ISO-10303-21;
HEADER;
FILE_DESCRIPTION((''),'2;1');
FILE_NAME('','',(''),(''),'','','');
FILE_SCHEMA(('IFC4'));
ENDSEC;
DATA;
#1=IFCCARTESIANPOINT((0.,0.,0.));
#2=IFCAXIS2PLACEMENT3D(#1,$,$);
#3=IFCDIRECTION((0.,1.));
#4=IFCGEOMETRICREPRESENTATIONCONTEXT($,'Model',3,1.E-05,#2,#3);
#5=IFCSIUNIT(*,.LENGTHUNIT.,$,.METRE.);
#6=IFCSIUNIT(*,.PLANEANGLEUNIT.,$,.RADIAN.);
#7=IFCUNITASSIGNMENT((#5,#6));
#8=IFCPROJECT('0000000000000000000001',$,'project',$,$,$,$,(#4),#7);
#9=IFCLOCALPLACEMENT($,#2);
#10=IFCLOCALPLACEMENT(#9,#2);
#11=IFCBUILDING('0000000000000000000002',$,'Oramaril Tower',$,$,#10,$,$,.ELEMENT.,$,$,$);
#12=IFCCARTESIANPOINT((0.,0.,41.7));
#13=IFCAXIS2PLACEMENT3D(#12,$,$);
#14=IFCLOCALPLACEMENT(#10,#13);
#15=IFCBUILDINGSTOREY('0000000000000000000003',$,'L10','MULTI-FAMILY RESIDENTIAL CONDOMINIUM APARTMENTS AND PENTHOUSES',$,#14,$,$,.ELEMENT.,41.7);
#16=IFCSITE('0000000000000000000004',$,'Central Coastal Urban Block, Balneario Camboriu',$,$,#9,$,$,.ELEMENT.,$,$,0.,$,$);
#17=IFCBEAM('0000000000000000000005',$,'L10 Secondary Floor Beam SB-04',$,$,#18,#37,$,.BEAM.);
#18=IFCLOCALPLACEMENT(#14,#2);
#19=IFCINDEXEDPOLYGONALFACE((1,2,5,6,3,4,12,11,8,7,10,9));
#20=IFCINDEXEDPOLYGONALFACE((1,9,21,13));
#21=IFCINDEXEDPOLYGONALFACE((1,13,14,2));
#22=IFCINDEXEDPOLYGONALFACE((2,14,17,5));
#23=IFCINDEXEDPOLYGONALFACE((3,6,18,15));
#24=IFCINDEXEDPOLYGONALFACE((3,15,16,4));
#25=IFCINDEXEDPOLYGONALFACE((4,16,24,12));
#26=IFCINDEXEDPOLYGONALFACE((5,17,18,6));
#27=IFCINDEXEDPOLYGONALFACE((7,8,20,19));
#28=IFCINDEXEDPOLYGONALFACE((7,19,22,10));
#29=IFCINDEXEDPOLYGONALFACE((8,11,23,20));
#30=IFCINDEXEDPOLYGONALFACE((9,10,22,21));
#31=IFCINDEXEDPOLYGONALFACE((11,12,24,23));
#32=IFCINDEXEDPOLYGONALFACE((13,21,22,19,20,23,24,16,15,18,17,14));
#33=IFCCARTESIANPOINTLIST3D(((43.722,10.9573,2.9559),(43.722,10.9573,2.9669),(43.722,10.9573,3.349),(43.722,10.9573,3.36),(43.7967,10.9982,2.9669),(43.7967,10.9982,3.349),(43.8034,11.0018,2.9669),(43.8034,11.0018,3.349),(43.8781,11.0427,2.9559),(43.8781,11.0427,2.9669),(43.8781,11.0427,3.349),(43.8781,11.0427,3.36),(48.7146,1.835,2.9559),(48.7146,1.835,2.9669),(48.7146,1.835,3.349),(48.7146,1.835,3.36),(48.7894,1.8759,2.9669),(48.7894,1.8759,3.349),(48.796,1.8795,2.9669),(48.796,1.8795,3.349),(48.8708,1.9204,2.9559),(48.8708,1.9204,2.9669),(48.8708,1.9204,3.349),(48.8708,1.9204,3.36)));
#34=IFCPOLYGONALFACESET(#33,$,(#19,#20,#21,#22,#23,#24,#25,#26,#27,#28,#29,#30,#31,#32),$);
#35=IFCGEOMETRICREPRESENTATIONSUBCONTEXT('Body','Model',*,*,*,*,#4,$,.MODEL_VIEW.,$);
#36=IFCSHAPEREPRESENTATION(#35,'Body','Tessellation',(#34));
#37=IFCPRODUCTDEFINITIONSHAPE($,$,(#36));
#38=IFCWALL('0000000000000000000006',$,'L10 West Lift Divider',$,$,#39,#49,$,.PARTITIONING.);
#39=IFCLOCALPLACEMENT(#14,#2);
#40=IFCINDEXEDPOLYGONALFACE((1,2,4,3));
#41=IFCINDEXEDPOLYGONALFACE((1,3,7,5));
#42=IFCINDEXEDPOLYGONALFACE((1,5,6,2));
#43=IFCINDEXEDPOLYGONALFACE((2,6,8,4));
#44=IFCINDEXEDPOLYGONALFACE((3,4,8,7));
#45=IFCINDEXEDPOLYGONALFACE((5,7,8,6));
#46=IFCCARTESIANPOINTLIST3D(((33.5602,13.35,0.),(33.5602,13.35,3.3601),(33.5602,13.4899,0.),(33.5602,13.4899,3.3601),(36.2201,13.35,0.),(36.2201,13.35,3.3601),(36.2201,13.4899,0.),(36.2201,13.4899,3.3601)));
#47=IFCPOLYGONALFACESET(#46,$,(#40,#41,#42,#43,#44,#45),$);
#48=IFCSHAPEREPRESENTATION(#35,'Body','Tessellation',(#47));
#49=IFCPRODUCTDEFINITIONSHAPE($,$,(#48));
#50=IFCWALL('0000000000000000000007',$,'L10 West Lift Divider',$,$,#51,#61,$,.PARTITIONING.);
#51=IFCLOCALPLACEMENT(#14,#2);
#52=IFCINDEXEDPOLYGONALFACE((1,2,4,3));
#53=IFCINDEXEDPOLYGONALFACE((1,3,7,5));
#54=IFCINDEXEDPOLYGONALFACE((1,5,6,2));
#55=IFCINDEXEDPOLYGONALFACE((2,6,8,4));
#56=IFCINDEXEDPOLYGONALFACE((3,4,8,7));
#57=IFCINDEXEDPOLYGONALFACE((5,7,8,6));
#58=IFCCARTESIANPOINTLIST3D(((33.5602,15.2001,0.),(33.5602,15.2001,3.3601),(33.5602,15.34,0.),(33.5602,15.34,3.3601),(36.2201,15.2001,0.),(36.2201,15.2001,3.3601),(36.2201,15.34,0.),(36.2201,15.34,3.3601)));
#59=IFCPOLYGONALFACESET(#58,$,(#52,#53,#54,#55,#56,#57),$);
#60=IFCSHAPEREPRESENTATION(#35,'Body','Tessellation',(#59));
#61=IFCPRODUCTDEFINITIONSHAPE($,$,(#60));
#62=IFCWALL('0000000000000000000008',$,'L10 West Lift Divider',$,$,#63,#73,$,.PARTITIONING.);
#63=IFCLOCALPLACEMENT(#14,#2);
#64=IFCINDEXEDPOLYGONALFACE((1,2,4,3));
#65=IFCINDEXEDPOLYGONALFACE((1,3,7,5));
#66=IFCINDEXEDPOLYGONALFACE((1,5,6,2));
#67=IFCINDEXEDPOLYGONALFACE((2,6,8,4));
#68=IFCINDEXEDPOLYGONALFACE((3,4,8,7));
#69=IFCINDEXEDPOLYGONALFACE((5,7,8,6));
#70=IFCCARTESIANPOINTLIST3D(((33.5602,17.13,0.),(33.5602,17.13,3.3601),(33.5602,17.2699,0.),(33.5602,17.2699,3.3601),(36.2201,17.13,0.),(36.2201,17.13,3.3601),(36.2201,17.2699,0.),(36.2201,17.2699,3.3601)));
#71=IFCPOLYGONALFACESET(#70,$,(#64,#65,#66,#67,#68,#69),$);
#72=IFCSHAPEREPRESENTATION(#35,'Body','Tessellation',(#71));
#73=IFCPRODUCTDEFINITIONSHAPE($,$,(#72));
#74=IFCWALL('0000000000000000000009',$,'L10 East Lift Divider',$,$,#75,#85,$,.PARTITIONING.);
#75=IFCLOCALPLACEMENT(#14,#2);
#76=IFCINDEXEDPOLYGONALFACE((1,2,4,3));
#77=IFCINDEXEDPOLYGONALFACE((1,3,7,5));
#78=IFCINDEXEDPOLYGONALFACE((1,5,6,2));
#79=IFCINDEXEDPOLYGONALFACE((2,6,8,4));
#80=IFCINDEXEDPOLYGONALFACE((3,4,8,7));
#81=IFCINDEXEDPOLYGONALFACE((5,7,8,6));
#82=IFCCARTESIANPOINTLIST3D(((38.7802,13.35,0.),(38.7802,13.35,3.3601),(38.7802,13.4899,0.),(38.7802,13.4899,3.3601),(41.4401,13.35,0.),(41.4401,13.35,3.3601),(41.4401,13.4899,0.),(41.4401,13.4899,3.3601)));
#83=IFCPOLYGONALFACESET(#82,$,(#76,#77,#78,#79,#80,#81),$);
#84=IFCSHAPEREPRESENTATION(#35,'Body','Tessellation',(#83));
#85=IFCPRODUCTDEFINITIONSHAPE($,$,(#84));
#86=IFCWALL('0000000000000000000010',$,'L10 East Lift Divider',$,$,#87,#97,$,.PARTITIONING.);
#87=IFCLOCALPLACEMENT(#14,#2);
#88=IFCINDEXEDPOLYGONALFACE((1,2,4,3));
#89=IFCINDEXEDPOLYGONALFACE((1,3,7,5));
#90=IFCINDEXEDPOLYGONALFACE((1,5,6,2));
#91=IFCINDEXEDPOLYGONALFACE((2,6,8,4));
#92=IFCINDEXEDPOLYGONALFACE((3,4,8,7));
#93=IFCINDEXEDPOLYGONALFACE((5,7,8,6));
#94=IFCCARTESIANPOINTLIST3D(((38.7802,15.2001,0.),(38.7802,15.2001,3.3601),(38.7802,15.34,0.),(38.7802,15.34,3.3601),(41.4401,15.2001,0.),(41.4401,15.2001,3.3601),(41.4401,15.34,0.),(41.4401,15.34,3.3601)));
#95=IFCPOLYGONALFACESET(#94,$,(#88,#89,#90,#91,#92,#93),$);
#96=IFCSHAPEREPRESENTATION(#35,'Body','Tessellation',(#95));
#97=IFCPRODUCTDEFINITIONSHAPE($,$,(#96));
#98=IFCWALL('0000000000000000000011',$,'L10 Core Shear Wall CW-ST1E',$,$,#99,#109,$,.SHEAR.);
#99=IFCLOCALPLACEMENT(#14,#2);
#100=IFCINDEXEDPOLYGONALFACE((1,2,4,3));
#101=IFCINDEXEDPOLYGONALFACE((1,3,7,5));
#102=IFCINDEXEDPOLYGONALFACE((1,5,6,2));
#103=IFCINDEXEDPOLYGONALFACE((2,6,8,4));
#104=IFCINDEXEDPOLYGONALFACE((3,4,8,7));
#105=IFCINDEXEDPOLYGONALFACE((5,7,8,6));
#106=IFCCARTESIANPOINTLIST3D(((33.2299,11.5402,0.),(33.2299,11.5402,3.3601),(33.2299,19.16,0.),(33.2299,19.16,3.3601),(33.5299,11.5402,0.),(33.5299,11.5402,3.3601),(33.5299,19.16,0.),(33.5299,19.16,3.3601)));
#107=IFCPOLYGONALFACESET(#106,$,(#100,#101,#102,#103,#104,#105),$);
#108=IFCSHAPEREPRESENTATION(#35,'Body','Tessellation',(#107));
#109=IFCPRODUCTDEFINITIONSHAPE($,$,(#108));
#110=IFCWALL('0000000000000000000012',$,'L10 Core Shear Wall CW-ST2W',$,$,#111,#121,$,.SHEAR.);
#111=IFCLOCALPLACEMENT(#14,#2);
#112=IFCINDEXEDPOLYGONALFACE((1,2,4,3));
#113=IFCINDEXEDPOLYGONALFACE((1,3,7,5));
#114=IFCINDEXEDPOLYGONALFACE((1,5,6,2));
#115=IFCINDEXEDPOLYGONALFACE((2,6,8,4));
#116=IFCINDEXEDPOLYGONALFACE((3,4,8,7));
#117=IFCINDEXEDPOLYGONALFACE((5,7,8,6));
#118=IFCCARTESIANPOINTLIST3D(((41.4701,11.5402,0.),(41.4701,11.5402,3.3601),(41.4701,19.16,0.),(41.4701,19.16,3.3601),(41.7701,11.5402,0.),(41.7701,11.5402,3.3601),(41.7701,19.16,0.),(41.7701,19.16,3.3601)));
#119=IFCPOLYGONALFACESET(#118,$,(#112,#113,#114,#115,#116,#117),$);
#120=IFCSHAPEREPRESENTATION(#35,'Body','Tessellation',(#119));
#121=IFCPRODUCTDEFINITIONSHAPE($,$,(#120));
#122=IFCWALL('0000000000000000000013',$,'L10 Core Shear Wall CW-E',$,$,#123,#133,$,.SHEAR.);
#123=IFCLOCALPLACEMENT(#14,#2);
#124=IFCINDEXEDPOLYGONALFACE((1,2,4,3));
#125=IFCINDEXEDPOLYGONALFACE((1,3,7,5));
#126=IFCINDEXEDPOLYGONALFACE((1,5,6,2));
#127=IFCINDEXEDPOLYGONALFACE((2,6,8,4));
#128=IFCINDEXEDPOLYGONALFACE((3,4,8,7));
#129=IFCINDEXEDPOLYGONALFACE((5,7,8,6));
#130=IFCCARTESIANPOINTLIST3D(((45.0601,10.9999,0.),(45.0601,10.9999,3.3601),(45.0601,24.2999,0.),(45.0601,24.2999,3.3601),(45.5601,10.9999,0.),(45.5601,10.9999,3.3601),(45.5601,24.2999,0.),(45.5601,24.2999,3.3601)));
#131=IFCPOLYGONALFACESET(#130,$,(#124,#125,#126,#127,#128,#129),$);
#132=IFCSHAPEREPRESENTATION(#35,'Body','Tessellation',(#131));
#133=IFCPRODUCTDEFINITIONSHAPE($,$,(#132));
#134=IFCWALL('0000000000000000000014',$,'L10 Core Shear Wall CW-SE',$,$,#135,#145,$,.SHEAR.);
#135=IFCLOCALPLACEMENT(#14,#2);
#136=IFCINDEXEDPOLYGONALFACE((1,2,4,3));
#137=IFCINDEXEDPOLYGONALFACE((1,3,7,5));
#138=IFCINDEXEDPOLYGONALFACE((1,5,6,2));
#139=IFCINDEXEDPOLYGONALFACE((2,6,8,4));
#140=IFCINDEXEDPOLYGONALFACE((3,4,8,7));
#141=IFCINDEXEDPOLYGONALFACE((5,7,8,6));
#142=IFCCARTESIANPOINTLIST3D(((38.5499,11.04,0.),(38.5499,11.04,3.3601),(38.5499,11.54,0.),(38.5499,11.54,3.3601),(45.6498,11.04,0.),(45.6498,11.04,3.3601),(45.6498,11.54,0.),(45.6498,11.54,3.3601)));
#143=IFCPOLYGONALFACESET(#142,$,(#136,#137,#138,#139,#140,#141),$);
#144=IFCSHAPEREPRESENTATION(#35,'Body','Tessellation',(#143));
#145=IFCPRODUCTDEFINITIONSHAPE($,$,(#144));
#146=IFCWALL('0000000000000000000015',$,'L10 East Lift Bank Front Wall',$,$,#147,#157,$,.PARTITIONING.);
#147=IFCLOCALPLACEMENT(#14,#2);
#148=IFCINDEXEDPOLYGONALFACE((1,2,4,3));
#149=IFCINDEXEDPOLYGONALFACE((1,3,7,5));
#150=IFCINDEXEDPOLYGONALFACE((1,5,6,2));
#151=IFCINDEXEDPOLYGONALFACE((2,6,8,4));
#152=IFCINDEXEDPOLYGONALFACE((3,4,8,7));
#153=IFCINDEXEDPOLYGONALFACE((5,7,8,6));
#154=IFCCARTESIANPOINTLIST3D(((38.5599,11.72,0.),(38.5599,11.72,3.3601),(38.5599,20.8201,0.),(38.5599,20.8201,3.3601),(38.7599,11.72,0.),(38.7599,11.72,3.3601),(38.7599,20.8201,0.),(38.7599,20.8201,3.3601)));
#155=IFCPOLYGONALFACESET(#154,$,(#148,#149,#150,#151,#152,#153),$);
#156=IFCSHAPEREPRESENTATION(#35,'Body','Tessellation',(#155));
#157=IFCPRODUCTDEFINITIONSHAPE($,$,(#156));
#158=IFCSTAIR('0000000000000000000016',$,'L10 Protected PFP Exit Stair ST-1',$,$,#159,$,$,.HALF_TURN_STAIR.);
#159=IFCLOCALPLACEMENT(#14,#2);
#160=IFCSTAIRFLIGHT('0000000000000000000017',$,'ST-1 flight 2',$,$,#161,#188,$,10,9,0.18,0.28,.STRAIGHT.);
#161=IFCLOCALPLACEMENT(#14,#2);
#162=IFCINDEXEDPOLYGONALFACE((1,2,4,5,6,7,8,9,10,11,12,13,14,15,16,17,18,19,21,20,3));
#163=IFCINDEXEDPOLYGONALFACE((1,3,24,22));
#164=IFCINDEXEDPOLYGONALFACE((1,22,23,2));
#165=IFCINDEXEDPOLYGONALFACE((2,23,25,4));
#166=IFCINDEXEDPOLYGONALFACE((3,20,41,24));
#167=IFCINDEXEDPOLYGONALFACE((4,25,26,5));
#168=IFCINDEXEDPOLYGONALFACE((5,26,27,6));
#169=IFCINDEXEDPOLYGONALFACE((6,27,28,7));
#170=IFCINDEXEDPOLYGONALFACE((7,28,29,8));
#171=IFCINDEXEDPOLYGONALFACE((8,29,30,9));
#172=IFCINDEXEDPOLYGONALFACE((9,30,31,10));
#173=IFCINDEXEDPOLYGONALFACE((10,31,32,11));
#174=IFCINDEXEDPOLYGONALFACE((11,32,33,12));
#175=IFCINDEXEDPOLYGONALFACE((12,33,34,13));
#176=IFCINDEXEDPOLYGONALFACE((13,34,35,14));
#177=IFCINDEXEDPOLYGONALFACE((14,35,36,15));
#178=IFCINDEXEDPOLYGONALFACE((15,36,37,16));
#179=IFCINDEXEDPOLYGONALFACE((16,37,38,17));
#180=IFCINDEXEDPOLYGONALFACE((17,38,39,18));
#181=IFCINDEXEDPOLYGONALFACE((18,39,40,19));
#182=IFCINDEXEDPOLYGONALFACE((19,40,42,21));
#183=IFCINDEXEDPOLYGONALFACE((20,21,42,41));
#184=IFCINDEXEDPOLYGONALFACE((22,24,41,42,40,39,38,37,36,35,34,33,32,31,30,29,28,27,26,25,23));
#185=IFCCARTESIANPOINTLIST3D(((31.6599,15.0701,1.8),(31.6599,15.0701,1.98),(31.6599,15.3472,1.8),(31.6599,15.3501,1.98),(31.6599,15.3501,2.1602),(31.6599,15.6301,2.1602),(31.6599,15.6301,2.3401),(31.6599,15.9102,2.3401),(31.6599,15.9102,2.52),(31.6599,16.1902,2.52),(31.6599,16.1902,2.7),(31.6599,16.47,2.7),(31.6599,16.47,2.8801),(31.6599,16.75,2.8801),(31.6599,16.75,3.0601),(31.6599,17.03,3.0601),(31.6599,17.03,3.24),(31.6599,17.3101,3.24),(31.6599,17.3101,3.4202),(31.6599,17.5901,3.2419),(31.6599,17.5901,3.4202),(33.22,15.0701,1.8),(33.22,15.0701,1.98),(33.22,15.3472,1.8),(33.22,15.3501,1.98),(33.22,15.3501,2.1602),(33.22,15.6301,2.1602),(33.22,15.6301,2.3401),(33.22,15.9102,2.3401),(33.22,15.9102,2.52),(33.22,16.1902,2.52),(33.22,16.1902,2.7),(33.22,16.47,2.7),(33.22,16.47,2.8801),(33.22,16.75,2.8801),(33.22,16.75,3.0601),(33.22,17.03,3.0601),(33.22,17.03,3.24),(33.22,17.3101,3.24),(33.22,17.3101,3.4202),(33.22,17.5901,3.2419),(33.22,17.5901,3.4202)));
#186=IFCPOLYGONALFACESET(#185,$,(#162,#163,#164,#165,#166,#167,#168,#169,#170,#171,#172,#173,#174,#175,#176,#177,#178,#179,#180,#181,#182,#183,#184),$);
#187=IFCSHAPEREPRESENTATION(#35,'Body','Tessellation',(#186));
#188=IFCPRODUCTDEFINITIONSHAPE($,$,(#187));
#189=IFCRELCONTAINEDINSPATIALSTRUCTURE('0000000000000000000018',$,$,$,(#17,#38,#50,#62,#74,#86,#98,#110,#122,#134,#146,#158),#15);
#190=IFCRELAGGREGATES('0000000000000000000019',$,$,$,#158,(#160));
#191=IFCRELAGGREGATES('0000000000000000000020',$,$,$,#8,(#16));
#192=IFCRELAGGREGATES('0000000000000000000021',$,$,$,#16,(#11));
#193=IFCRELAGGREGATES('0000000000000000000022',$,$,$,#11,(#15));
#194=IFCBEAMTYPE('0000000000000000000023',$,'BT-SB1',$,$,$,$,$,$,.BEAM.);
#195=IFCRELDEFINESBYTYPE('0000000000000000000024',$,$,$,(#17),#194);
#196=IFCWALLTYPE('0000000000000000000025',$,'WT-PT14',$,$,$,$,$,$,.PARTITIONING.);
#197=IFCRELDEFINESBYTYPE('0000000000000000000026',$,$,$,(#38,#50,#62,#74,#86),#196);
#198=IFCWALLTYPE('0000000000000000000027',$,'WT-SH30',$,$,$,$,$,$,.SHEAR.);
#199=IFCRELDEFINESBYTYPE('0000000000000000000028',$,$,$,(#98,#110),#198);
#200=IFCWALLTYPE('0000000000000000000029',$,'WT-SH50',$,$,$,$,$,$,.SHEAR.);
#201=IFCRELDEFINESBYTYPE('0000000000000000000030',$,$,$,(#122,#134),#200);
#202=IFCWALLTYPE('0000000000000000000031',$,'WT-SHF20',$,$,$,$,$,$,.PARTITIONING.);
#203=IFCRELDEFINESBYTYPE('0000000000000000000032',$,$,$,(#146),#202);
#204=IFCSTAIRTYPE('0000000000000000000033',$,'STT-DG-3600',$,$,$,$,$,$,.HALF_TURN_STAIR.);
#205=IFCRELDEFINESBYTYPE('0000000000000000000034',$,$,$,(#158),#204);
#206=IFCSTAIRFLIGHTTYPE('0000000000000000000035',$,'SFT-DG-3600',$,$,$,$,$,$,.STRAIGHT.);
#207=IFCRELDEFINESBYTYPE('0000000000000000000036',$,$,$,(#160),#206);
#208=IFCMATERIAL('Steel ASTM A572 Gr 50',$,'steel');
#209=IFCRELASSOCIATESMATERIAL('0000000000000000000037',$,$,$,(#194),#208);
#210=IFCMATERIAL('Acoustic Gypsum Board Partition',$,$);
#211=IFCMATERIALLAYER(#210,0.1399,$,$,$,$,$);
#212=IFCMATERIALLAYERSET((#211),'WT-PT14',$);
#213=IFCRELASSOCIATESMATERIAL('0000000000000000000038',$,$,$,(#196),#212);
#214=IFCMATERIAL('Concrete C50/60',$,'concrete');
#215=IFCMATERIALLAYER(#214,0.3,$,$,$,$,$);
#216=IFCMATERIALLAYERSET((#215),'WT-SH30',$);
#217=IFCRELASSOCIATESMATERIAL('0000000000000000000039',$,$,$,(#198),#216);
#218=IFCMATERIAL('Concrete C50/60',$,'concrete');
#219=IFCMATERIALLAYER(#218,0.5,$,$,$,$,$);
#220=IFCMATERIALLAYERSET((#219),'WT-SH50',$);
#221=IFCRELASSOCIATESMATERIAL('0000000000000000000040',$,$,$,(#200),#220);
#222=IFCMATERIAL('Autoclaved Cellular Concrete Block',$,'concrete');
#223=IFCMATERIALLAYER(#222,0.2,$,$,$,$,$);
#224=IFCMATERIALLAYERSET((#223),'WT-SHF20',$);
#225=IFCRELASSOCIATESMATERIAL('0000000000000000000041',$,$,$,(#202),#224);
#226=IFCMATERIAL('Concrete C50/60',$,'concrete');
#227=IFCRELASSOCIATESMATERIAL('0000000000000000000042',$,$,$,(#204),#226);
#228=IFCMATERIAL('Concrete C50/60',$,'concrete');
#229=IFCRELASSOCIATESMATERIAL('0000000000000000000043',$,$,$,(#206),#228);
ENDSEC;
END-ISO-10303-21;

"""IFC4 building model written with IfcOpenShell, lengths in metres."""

from ifc_helpers import new_model, si_unit, direction, frame, frame_2d, origin, origin_2d, place, context, subcontext, project, spatial, polyline, rectangle, i_section, outline, extrude, material, layer, layer_set, material_profile, profile_set, type_object, element, aggregate, save


model = new_model("IFC4")

# Units and contexts
model_context = context("Model", 3, precision=1e-05, world=origin(), true_north=direction((0.0, 1.0)))
body_context = subcontext(model_context, "Body", "Model", "MODEL_VIEW")
ifc_project = project(units=[si_unit("LENGTHUNIT", "METRE"), si_unit("PLANEANGLEUNIT", "RADIAN")], contexts=[model_context])

# Site, building, storey
site_placement = place(None, origin())
site = spatial("IfcSite", under=ifc_project, at=site_placement, Name="Central Coastal Urban Block, Balneario Camboriu", CompositionType="ELEMENT", RefElevation=0.0)
building_placement = place(site_placement, origin())
building = spatial("IfcBuilding", under=site, at=building_placement, Name="Oramaril Tower", CompositionType="ELEMENT")
storey_placement = place(building_placement, frame((0.0, 0.0, 41.7)))
storey = spatial("IfcBuildingStorey", under=building, at=storey_placement, Name="L10", Description="MULTI-FAMILY RESIDENTIAL CONDOMINIUM APARTMENTS AND PENTHOUSES", CompositionType="ELEMENT", Elevation=41.7)

# Beam
ifc_material_1 = material(Name="Steel ASTM A572 Gr 50", Category="steel")
ifc_material_profile = material_profile(ifc_material_1, i_section(OverallWidth=0.178, OverallDepth=0.4041, WebThickness=0.0076, FlangeThickness=0.011, at=origin_2d()), Name="W16X36")
ifc_profile_set = profile_set([ifc_material_profile], Name="Steel ASTM A572 Gr 50")
beam_type = type_object("IfcBeamType", Name="BT-SB1", PredefinedType="BEAM", material=ifc_profile_set)
beam_placement = place(storey_placement, frame((43.8, 11.0, 3.158), z_axis=(0.480102, -0.877213, 0.0), x_axis=(0.877213, 0.480102, 0.0)))
element("IfcBeam", 1, at=beam_placement, inside=storey, type_object=beam_type, Name="L10 Secondary Floor Beam SB-04", PredefinedType="BEAM", context=body_context, shape_type="SweptSolid", body=[
    extrude(i_section(OverallWidth=0.178, OverallDepth=0.4041, WebThickness=0.0076, FlangeThickness=0.011, at=origin_2d()), origin(), (0.0, 0.0, 1.0), 10.3992),
])

# Walls
ifc_material_2 = material(Name="Acoustic Gypsum Board Partition")
ifc_layer_1 = layer(ifc_material_2, 0.1399)
ifc_layer_set_1 = layer_set([ifc_layer_1], Name="WT-PT14")
wall_type_1 = type_object("IfcWallType", Name="WT-PT14", PredefinedType="PARTITIONING", material=ifc_layer_set_1)
for number, where, z_axis, x_axis, name in (
    (2, (33.5601, 13.4199, 0.0), (0.0, 0.0, 1.0), (1.0, 0.0, 0.0), "L10 West Lift Divider"),
    (3, (33.5601, 15.27, 0.0), (0.0, 0.0, 1.0), (1.0, 0.0, 0.0), "L10 West Lift Divider"),
    (4, (33.5601, 17.2, 0.0), (0.0, 0.0, 1.0), (1.0, 0.0, 0.0), "L10 West Lift Divider"),
    (5, (38.78, 13.4199, 0.0), (0.0, 0.0, 1.0), (1.0, 0.0, 0.0), "L10 East Lift Divider"),
    (6, (38.78, 15.27, 0.0), (0.0, 0.0, 1.0), (1.0, 0.0, 0.0), "L10 East Lift Divider"),
):
    element("IfcWall", number, at=place(storey_placement, frame(where, z_axis=z_axis, x_axis=x_axis)), inside=storey, type_object=wall_type_1, Name=name, PredefinedType="PARTITIONING", context=body_context, shape_type="SweptSolid", body=[
        extrude(rectangle(XDim=2.6599, YDim=0.1399, at=frame_2d((1.3301, 0.0))), origin(), (0.0, 0.0, 1.0), 3.3601),
    ])
ifc_material_3 = material(Name="Concrete C50/60", Category="concrete")
ifc_layer_2 = layer(ifc_material_3, 0.3)
ifc_layer_set_2 = layer_set([ifc_layer_2], Name="WT-SH30")
wall_type_2 = type_object("IfcWallType", Name="WT-SH30", PredefinedType="SHEAR", material=ifc_layer_set_2)
for number, where, z_axis, x_axis, name in (
    (7, (33.3799, 11.54, 0.0), (0.0, 0.0, 1.0), (0.0, 1.0, 0.0), "L10 Core Shear Wall CW-ST1E"),
    (8, (41.6201, 11.54, 0.0), (0.0, 0.0, 1.0), (0.0, 1.0, 0.0), "L10 Core Shear Wall CW-ST2W"),
):
    element("IfcWall", number, at=place(storey_placement, frame(where, z_axis=z_axis, x_axis=x_axis)), inside=storey, type_object=wall_type_2, Name=name, PredefinedType="SHEAR", context=body_context, shape_type="SweptSolid", body=[
        extrude(rectangle(XDim=7.6199, YDim=0.3, at=frame_2d((3.8101, 0.0))), origin(), (0.0, 0.0, 1.0), 3.3601),
    ])
ifc_material_4 = material(Name="Concrete C50/60", Category="concrete")
ifc_layer_3 = layer(ifc_material_4, 0.5)
ifc_layer_set_3 = layer_set([ifc_layer_3], Name="WT-SH50")
wall_type_3 = type_object("IfcWallType", Name="WT-SH50", PredefinedType="SHEAR", material=ifc_layer_set_3)
wall_1_placement = place(storey_placement, frame((45.3101, 11.0, 0.0), z_axis=(0.0, 0.0, 1.0), x_axis=(0.0, 1.0, 0.0)))
element("IfcWall", 9, at=wall_1_placement, inside=storey, type_object=wall_type_3, Name="L10 Core Shear Wall CW-E", PredefinedType="SHEAR", context=body_context, shape_type="SweptSolid", body=[
    extrude(rectangle(XDim=13.3, YDim=0.5, at=frame_2d((6.6499, 0.0))), origin(), (0.0, 0.0, 1.0), 3.3601),
])
wall_2_placement = place(storey_placement, frame((38.55, 11.29, 0.0), z_axis=(0.0, 0.0, 1.0), x_axis=(1.0, 0.0, 0.0)))
element("IfcWall", 10, at=wall_2_placement, inside=storey, type_object=wall_type_3, Name="L10 Core Shear Wall CW-SE", PredefinedType="SHEAR", context=body_context, shape_type="SweptSolid", body=[
    extrude(rectangle(XDim=7.0999, YDim=0.5, at=frame_2d((3.5498, 0.0))), origin(), (0.0, 0.0, 1.0), 3.3601),
])

# Shared definitions
ifc_material_5 = material(Name="Autoclaved Cellular Concrete Block", Category="concrete")
ifc_layer_4 = layer(ifc_material_5, 0.2)
ifc_layer_set_4 = layer_set([ifc_layer_4], Name="WT-SHF20")
wall_type_4 = type_object("IfcWallType", Name="WT-SHF20", PredefinedType="PARTITIONING", material=ifc_layer_set_4)

# Wall
wall_3_placement = place(storey_placement, frame((38.6599, 11.72, 0.0), z_axis=(0.0, 0.0, 1.0), x_axis=(0.0, 1.0, 0.0)))
element("IfcWall", 11, at=wall_3_placement, inside=storey, type_object=wall_type_4, Name="L10 East Lift Bank Front Wall", PredefinedType="PARTITIONING", context=body_context, shape_type="SweptSolid", body=[
    extrude(rectangle(XDim=9.1001, YDim=0.2, at=frame_2d((4.55, 0.0))), origin(), (0.0, 0.0, 1.0), 3.3601),
])

# Stair, stair flight
ifc_material_6 = material(Name="Concrete C50/60", Category="concrete")
stair_type = type_object("IfcStairType", Name="STT-DG-3600", PredefinedType="HALF_TURN_STAIR", material=ifc_material_6)
stair_1_placement = place(storey_placement, origin())
stair_1 = element("IfcStair", 12, at=stair_1_placement, inside=storey, type_object=stair_type, Name="L10 Protected PFP Exit Stair ST-1", PredefinedType="HALF_TURN_STAIR")
ifc_material_7 = material(Name="Concrete C50/60", Category="concrete")
stair_flight_type = type_object("IfcStairFlightType", Name="SFT-DG-3600", PredefinedType="STRAIGHT", material=ifc_material_7)
stair_flight_1_placement = place(storey_placement, frame((32.4399, 15.0701, 1.8), z_axis=(0.0, 0.0, 1.0), x_axis=(0.0, 1.0, 0.0)))
stair_flight_1 = element("IfcStairFlight", 13, at=stair_flight_1_placement, type_object=stair_flight_type, Name="ST-1 flight 2", NumberOfRisers=10, NumberOfTreads=9, PredefinedType="STRAIGHT", RiserHeight=0.18, TreadLength=0.28, context=body_context, shape_type="SweptSolid", body=[
    extrude(outline(polyline([(0.0, 0.0), (0.0, 0.1799), (0.28, 0.1799), (0.28, 0.3601), (0.5601, 0.3601), (0.5601, 0.54), (0.8401, 0.54), (0.8401, 0.72), (1.1201, 0.72), (1.1201, 0.8999), (1.3999, 0.8999), (1.3999, 1.0801), (1.6799, 1.0801), (1.6799, 1.26), (1.96, 1.26), (1.96, 1.4399), (2.24, 1.4399), (2.24, 1.6201), (2.52, 1.6201), (2.52, 1.8), (2.52, 1.4419), (0.2771, 0.0), (0.0, 0.0)])), frame((0.0, 0.78, 0.0), z_axis=(0.0, -1.0, 0.0), x_axis=(1.0, 0.0, 0.0)), (0.0, 0.0, 1.0), 1.5601),
])
aggregate(stair_1, [stair_flight_1])

save(model, "model.ifc")
